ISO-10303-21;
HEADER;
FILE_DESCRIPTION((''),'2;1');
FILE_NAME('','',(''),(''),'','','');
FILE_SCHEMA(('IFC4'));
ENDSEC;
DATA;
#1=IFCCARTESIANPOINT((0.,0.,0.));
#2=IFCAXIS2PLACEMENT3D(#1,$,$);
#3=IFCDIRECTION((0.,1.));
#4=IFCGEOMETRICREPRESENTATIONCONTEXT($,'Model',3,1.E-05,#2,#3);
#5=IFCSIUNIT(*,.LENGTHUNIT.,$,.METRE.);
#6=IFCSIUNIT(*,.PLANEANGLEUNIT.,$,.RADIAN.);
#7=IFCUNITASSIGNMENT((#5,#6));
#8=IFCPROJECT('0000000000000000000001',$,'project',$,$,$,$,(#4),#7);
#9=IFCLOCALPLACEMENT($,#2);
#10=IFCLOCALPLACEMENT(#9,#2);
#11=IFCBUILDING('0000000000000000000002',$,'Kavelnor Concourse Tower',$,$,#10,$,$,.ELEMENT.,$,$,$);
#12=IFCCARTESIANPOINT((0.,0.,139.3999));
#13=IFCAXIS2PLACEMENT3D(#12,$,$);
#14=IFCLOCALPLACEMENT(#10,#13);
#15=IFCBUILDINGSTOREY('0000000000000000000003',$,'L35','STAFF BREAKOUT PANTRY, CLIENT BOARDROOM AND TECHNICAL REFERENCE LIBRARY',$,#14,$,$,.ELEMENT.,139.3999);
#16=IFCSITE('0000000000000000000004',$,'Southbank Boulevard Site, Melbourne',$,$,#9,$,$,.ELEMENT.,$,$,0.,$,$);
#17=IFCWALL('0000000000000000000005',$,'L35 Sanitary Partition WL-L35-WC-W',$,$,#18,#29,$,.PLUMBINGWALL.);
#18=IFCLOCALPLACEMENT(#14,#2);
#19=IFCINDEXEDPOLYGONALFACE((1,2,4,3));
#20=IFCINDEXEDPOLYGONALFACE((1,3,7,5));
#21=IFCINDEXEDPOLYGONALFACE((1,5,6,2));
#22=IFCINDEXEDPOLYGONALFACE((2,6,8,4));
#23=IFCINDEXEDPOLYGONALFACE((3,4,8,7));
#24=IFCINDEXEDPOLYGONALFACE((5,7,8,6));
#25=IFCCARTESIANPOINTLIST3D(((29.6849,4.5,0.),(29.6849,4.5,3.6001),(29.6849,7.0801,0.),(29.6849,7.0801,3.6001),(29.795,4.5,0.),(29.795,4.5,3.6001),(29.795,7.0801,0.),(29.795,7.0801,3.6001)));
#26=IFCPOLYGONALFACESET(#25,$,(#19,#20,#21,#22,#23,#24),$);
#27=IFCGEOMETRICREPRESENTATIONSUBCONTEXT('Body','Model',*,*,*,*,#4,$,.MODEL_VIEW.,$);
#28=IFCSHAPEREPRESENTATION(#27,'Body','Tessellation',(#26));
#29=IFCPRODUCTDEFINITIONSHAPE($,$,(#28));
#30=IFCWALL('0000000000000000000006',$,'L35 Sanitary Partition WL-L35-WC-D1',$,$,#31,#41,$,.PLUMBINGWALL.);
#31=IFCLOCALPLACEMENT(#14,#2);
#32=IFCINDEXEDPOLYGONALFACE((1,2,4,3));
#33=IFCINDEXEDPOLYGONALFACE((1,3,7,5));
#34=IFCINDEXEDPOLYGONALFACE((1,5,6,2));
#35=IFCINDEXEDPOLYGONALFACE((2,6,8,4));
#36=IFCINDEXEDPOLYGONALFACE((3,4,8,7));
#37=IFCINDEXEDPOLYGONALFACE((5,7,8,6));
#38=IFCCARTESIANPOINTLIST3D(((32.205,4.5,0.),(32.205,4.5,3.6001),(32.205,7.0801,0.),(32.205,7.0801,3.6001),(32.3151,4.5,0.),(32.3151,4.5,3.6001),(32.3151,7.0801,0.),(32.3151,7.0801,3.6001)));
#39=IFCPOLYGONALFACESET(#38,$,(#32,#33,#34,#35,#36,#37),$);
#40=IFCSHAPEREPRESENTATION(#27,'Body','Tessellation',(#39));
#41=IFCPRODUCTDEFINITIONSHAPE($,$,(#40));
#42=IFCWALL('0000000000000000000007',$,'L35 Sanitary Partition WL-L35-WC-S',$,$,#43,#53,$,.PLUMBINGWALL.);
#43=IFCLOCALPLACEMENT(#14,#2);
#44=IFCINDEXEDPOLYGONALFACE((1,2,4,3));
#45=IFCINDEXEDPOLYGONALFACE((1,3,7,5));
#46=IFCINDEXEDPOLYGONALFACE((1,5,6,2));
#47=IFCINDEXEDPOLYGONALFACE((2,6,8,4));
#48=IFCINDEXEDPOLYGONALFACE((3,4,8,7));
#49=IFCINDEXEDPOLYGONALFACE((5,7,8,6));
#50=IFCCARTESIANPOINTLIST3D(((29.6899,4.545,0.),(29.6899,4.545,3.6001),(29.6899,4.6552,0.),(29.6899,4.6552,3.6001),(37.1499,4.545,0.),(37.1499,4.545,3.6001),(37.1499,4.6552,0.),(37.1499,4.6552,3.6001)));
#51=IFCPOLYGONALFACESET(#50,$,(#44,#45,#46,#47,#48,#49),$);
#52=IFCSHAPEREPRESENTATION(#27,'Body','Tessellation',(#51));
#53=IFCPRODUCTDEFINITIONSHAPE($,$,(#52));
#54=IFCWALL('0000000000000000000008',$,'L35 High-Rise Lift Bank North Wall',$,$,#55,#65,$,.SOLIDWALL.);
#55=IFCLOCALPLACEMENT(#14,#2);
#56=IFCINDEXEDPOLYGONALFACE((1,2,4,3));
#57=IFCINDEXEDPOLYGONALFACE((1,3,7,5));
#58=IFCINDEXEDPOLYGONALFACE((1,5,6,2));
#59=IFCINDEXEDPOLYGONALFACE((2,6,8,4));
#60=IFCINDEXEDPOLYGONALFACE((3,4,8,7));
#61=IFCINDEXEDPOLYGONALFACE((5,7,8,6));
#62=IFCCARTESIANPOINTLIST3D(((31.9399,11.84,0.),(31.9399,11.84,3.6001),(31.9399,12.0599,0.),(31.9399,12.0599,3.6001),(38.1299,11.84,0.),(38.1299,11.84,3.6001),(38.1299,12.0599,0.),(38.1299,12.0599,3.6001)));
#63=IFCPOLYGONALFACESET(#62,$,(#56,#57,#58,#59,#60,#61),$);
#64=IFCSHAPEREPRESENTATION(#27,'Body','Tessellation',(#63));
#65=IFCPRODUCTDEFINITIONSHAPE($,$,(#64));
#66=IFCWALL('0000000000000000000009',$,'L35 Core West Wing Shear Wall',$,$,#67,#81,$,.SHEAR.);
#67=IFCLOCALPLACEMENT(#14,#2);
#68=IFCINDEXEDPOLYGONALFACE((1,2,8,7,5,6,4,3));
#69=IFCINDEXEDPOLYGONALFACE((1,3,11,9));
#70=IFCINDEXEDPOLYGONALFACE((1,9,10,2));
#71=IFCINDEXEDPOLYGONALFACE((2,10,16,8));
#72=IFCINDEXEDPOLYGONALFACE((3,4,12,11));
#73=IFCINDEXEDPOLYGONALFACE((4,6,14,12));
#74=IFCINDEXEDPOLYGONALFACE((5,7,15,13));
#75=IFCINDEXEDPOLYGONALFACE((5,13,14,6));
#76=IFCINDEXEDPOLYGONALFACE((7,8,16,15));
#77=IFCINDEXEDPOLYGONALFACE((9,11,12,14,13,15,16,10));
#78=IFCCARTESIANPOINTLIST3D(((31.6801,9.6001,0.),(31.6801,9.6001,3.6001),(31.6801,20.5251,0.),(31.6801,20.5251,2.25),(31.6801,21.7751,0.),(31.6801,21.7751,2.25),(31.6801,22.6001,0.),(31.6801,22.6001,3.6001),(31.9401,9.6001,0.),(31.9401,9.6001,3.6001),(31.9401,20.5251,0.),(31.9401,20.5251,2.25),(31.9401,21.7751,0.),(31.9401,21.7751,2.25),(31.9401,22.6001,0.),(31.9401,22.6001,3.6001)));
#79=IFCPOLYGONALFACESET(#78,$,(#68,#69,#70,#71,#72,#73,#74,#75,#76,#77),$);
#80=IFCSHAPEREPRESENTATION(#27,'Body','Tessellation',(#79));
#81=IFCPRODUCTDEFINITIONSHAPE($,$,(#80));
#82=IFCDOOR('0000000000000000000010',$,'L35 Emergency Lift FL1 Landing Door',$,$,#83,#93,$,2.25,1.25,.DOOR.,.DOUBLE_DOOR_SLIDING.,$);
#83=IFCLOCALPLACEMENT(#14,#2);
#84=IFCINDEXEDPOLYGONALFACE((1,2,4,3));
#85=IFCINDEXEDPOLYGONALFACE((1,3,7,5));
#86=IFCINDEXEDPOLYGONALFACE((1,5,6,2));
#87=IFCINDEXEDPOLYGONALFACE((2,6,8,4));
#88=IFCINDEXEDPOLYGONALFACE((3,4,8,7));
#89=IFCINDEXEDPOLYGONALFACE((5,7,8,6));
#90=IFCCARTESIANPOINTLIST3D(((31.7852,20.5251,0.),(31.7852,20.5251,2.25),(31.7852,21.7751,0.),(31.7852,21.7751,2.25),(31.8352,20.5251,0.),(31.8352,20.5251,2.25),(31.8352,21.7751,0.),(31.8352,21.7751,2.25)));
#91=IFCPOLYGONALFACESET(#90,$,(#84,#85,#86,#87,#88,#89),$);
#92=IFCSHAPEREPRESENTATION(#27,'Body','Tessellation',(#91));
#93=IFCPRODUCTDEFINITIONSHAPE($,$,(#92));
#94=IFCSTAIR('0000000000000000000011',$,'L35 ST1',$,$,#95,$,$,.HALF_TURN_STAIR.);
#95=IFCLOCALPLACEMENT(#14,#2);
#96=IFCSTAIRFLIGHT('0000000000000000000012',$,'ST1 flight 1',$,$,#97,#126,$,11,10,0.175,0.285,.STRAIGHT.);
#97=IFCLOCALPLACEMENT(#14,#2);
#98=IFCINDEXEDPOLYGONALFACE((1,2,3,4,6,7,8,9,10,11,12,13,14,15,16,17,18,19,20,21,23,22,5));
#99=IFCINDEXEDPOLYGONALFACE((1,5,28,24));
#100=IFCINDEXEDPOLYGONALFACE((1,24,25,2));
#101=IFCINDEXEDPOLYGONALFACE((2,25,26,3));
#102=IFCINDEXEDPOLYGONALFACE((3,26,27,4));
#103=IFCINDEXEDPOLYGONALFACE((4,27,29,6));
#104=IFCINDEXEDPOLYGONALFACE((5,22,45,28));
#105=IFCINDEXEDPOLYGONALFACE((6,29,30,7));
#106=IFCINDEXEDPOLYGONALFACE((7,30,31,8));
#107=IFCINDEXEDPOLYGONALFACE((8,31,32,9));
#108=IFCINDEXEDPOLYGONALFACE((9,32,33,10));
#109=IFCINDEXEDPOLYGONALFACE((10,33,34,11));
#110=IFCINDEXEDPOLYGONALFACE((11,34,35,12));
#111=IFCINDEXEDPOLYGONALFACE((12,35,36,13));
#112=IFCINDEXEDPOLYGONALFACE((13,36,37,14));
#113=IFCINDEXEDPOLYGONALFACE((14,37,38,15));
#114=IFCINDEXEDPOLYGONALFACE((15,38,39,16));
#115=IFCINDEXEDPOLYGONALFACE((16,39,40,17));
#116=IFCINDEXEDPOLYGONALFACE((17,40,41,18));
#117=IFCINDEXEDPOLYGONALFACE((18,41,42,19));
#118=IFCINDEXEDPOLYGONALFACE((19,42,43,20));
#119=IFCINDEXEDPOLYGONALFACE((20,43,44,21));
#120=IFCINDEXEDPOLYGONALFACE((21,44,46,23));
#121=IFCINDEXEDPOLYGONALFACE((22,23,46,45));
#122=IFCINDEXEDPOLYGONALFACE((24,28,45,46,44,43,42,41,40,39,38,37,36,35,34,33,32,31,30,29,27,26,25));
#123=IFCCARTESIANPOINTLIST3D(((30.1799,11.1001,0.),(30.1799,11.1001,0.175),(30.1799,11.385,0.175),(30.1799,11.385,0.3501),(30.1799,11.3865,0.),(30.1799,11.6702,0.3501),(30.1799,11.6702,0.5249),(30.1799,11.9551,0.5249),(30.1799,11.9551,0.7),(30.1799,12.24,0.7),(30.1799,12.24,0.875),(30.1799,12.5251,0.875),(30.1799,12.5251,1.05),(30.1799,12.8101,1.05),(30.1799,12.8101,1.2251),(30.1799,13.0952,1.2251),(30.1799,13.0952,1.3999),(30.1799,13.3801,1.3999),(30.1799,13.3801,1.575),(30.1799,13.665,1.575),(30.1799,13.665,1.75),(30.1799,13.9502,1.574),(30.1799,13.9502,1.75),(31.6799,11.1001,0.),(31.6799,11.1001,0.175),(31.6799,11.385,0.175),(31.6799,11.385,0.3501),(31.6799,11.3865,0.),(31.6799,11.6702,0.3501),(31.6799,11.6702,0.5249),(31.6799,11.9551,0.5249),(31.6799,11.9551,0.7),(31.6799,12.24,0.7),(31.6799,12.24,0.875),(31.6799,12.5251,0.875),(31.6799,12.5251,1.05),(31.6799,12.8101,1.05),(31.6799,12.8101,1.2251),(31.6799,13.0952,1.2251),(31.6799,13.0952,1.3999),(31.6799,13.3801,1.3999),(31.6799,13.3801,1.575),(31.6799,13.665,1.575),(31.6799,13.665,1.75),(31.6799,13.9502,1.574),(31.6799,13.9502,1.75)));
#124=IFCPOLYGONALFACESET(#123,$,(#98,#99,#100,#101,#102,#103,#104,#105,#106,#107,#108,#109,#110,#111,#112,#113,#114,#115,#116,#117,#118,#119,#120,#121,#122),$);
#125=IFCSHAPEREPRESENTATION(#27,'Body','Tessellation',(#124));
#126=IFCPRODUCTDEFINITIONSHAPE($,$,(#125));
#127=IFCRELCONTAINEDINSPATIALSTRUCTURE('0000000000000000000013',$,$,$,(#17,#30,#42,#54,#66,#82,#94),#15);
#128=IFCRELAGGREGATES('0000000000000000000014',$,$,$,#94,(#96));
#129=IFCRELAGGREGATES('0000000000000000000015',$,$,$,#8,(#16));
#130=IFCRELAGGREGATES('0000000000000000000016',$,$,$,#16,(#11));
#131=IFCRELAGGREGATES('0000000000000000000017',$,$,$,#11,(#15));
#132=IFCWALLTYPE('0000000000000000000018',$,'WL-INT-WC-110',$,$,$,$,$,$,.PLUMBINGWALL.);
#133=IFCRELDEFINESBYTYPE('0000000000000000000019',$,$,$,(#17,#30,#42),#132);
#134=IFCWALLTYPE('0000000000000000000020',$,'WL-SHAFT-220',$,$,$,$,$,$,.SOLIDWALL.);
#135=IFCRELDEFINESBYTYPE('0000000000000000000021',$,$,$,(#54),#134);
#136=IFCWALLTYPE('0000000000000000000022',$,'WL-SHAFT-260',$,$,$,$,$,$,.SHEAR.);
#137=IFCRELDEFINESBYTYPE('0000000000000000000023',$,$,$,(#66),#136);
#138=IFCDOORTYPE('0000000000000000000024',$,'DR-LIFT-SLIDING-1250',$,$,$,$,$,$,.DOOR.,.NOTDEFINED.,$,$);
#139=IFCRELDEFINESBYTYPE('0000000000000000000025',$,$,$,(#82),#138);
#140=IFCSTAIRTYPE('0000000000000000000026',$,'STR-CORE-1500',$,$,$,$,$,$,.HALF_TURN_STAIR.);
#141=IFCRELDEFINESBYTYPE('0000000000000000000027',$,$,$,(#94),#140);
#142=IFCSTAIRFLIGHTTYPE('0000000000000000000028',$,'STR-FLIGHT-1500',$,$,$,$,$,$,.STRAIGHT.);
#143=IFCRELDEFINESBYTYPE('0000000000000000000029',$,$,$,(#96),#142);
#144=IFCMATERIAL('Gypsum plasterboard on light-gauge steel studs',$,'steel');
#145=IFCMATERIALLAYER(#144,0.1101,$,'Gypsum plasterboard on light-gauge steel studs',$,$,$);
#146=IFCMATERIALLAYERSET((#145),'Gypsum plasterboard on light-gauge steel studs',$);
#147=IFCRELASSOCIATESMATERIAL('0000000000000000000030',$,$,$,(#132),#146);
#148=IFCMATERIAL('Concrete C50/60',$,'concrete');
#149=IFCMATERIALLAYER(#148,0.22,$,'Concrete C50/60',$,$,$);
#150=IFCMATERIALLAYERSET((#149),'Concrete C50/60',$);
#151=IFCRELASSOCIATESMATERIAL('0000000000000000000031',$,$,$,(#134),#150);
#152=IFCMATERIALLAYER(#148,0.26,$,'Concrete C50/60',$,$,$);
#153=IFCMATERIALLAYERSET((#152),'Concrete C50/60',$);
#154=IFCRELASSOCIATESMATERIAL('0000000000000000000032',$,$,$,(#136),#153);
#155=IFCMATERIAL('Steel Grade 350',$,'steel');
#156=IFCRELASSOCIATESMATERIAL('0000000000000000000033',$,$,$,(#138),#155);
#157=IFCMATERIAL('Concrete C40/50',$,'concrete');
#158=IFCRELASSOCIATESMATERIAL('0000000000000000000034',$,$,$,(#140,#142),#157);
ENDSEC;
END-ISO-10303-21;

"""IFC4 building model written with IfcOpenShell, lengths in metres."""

from ifc_helpers import new_model, si_unit, direction, frame, frame_2d, origin, place, context, subcontext, project, spatial, polyline, rectangle, outline, extrude, material, layer, layer_set, type_object, element, fill, aggregate, save


model = new_model("IFC4")

# Units and contexts
model_context = context("Model", 3, precision=1e-05, world=origin(), true_north=direction((0.0, 1.0)))
body_context = subcontext(model_context, "Body", "Model", "MODEL_VIEW")
ifc_project = project(units=[si_unit("LENGTHUNIT", "METRE"), si_unit("PLANEANGLEUNIT", "RADIAN")], contexts=[model_context])

# Site, building, storey
site_placement = place(None, origin())
site = spatial("IfcSite", under=ifc_project, at=site_placement, Name="Southbank Boulevard Site, Melbourne", CompositionType="ELEMENT", RefElevation=0.0)
building_placement = place(site_placement, origin())
building = spatial("IfcBuilding", under=site, at=building_placement, Name="Kavelnor Concourse Tower", CompositionType="ELEMENT")
storey_placement = place(building_placement, frame((0.0, 0.0, 139.3999)))
storey = spatial("IfcBuildingStorey", under=building, at=storey_placement, Name="L35", Description="STAFF BREAKOUT PANTRY, CLIENT BOARDROOM AND TECHNICAL REFERENCE LIBRARY", CompositionType="ELEMENT", Elevation=139.3999)

# Shared definitions
ifc_material_1 = material(Name="Steel Grade 350", Category="steel")

# Walls
ifc_material_2 = material(Name="Gypsum plasterboard on light-gauge steel studs", Category="steel")
ifc_layer_1 = layer(ifc_material_2, 0.1101, Name="Gypsum plasterboard on light-gauge steel studs")
ifc_layer_set_1 = layer_set([ifc_layer_1], Name="Gypsum plasterboard on light-gauge steel studs")
wall_type_1 = type_object("IfcWallType", Name="WL-INT-WC-110", PredefinedType="PLUMBINGWALL", material=ifc_layer_set_1)
for number, where, z_axis, x_axis, name in (
    (1, (29.74, 4.5, 0.0), (0.0, 0.0, 1.0), (0.0, 1.0, 0.0), "L35 Sanitary Partition WL-L35-WC-W"),
    (2, (32.26, 4.5, 0.0), (0.0, 0.0, 1.0), (0.0, 1.0, 0.0), "L35 Sanitary Partition WL-L35-WC-D1"),
):
    element("IfcWall", number, at=place(storey_placement, frame(where, z_axis=z_axis, x_axis=x_axis)), inside=storey, type_object=wall_type_1, Name=name, PredefinedType="PLUMBINGWALL", context=body_context, shape_type="SweptSolid", body=[
        extrude(rectangle(XDim=2.5801, YDim=0.1101, at=frame_2d((1.29, 0.0))), origin(), (0.0, 0.0, 1.0), 3.6001),
    ])
wall_1_placement = place(storey_placement, frame((29.6899, 4.6001, 0.0), z_axis=(0.0, 0.0, 1.0), x_axis=(1.0, 0.0, 0.0)))
element("IfcWall", 3, at=wall_1_placement, inside=storey, type_object=wall_type_1, Name="L35 Sanitary Partition WL-L35-WC-S", PredefinedType="PLUMBINGWALL", context=body_context, shape_type="SweptSolid", body=[
    extrude(rectangle(XDim=7.46, YDim=0.1101, at=frame_2d((3.73, 0.0))), origin(), (0.0, 0.0, 1.0), 3.6001),
])
ifc_material_3 = material(Name="Concrete C50/60", Category="concrete")
ifc_layer_2 = layer(ifc_material_3, 0.22, Name="Concrete C50/60")
ifc_layer_set_2 = layer_set([ifc_layer_2], Name="Concrete C50/60")
wall_type_2 = type_object("IfcWallType", Name="WL-SHAFT-220", PredefinedType="SOLIDWALL", material=ifc_layer_set_2)
wall_2_placement = place(storey_placement, frame((31.9399, 11.95, 0.0), z_axis=(0.0, 0.0, 1.0), x_axis=(1.0, 0.0, 0.0)))
element("IfcWall", 4, at=wall_2_placement, inside=storey, type_object=wall_type_2, Name="L35 High-Rise Lift Bank North Wall", PredefinedType="SOLIDWALL", context=body_context, shape_type="SweptSolid", body=[
    extrude(rectangle(XDim=6.1899, YDim=0.22, at=frame_2d((3.095, 0.0))), origin(), (0.0, 0.0, 1.0), 3.6001),
])

# Wall, opening, door
ifc_layer_3 = layer(ifc_material_3, 0.26, Name="Concrete C50/60")
ifc_layer_set_3 = layer_set([ifc_layer_3], Name="Concrete C50/60")
wall_type_3 = type_object("IfcWallType", Name="WL-SHAFT-260", PredefinedType="SHEAR", material=ifc_layer_set_3)
wall_3_placement = place(storey_placement, frame((31.8101, 9.6001, 0.0), z_axis=(0.0, 0.0, 1.0), x_axis=(0.0, 1.0, 0.0)))
wall_3 = element("IfcWall", 5, at=wall_3_placement, inside=storey, type_object=wall_type_3, Name="L35 Core West Wing Shear Wall", PredefinedType="SHEAR", context=body_context, shape_type="SweptSolid", body=[
    extrude(rectangle(XDim=13.0, YDim=0.26, at=frame_2d((6.5, 0.0))), origin(), (0.0, 0.0, 1.0), 3.6001),
])
opening_1_placement = place(wall_3_placement, frame((10.925, 0.0, 0.0)))
opening_1 = element("IfcOpeningElement", 6, at=opening_1_placement, cuts=wall_3, PredefinedType="OPENING", context=body_context, shape_type="SweptSolid", body=[
    extrude(rectangle(XDim=1.25, YDim=2.25, at=frame_2d((0.625, 1.125))), frame((0.0, 0.1401, 0.0), z_axis=(0.0, -1.0, 0.0), x_axis=(1.0, 0.0, 0.0)), (0.0, 0.0, 1.0), 0.28),
])
door_type_1 = type_object("IfcDoorType", Name="DR-LIFT-SLIDING-1250", OperationType="NOTDEFINED", PredefinedType="DOOR", material=ifc_material_1)
door_1_placement = place(opening_1_placement, origin())
door_1 = element("IfcDoor", 7, at=door_1_placement, inside=storey, type_object=door_type_1, Name="L35 Emergency Lift FL1 Landing Door", OperationType="DOUBLE_DOOR_SLIDING", OverallHeight=2.25, OverallWidth=1.25, PredefinedType="DOOR", context=body_context, shape_type="SweptSolid", body=[
    extrude(rectangle(XDim=1.25, YDim=2.25, at=frame_2d((0.625, 1.125))), frame((0.0, 0.0249, 0.0), z_axis=(0.0, -1.0, 0.0), x_axis=(1.0, 0.0, 0.0)), (0.0, 0.0, 1.0), 0.05),
])
fill(opening_1, door_1)

# Stair, stair flight
ifc_material_4 = material(Name="Concrete C40/50", Category="concrete")
stair_type = type_object("IfcStairType", Name="STR-CORE-1500", PredefinedType="HALF_TURN_STAIR", material=ifc_material_4)
stair_placement = place(storey_placement, origin())
stair = element("IfcStair", 8, at=stair_placement, inside=storey, type_object=stair_type, Name="L35 ST1", PredefinedType="HALF_TURN_STAIR")
stair_flight_type = type_object("IfcStairFlightType", Name="STR-FLIGHT-1500", PredefinedType="STRAIGHT", material=ifc_material_4)
stair_flight_placement = place(storey_placement, frame((30.9299, 11.1001, 0.0), z_axis=(0.0, 0.0, 1.0), x_axis=(0.0, 1.0, 0.0)))
stair_flight = element("IfcStairFlight", 9, at=stair_flight_placement, type_object=stair_flight_type, Name="ST1 flight 1", NumberOfRisers=11, NumberOfTreads=10, PredefinedType="STRAIGHT", RiserHeight=0.175, TreadLength=0.285, context=body_context, shape_type="SweptSolid", body=[
    extrude(outline(polyline([(0.0, 0.0), (0.0, 0.175), (0.2849, 0.175), (0.2849, 0.3501), (0.5701, 0.3501), (0.5701, 0.5249), (0.855, 0.5249), (0.855, 0.7), (1.1399, 0.7), (1.1399, 0.875), (1.425, 0.875), (1.425, 1.05), (1.71, 1.05), (1.71, 1.2251), (1.9951, 1.2251), (1.9951, 1.3999), (2.28, 1.3999), (2.28, 1.575), (2.5649, 1.575), (2.5649, 1.75), (2.8501, 1.75), (2.8501, 1.925), (2.8501, 1.574), (0.2864, 0.0), (0.0, 0.0)])), frame((0.0, 0.75, 0.0), z_axis=(0.0, -1.0, 0.0), x_axis=(1.0, 0.0, 0.0)), (0.0, 0.0, 1.0), 1.5),
])
aggregate(stair, [stair_flight])

save(model, "model.ifc")
